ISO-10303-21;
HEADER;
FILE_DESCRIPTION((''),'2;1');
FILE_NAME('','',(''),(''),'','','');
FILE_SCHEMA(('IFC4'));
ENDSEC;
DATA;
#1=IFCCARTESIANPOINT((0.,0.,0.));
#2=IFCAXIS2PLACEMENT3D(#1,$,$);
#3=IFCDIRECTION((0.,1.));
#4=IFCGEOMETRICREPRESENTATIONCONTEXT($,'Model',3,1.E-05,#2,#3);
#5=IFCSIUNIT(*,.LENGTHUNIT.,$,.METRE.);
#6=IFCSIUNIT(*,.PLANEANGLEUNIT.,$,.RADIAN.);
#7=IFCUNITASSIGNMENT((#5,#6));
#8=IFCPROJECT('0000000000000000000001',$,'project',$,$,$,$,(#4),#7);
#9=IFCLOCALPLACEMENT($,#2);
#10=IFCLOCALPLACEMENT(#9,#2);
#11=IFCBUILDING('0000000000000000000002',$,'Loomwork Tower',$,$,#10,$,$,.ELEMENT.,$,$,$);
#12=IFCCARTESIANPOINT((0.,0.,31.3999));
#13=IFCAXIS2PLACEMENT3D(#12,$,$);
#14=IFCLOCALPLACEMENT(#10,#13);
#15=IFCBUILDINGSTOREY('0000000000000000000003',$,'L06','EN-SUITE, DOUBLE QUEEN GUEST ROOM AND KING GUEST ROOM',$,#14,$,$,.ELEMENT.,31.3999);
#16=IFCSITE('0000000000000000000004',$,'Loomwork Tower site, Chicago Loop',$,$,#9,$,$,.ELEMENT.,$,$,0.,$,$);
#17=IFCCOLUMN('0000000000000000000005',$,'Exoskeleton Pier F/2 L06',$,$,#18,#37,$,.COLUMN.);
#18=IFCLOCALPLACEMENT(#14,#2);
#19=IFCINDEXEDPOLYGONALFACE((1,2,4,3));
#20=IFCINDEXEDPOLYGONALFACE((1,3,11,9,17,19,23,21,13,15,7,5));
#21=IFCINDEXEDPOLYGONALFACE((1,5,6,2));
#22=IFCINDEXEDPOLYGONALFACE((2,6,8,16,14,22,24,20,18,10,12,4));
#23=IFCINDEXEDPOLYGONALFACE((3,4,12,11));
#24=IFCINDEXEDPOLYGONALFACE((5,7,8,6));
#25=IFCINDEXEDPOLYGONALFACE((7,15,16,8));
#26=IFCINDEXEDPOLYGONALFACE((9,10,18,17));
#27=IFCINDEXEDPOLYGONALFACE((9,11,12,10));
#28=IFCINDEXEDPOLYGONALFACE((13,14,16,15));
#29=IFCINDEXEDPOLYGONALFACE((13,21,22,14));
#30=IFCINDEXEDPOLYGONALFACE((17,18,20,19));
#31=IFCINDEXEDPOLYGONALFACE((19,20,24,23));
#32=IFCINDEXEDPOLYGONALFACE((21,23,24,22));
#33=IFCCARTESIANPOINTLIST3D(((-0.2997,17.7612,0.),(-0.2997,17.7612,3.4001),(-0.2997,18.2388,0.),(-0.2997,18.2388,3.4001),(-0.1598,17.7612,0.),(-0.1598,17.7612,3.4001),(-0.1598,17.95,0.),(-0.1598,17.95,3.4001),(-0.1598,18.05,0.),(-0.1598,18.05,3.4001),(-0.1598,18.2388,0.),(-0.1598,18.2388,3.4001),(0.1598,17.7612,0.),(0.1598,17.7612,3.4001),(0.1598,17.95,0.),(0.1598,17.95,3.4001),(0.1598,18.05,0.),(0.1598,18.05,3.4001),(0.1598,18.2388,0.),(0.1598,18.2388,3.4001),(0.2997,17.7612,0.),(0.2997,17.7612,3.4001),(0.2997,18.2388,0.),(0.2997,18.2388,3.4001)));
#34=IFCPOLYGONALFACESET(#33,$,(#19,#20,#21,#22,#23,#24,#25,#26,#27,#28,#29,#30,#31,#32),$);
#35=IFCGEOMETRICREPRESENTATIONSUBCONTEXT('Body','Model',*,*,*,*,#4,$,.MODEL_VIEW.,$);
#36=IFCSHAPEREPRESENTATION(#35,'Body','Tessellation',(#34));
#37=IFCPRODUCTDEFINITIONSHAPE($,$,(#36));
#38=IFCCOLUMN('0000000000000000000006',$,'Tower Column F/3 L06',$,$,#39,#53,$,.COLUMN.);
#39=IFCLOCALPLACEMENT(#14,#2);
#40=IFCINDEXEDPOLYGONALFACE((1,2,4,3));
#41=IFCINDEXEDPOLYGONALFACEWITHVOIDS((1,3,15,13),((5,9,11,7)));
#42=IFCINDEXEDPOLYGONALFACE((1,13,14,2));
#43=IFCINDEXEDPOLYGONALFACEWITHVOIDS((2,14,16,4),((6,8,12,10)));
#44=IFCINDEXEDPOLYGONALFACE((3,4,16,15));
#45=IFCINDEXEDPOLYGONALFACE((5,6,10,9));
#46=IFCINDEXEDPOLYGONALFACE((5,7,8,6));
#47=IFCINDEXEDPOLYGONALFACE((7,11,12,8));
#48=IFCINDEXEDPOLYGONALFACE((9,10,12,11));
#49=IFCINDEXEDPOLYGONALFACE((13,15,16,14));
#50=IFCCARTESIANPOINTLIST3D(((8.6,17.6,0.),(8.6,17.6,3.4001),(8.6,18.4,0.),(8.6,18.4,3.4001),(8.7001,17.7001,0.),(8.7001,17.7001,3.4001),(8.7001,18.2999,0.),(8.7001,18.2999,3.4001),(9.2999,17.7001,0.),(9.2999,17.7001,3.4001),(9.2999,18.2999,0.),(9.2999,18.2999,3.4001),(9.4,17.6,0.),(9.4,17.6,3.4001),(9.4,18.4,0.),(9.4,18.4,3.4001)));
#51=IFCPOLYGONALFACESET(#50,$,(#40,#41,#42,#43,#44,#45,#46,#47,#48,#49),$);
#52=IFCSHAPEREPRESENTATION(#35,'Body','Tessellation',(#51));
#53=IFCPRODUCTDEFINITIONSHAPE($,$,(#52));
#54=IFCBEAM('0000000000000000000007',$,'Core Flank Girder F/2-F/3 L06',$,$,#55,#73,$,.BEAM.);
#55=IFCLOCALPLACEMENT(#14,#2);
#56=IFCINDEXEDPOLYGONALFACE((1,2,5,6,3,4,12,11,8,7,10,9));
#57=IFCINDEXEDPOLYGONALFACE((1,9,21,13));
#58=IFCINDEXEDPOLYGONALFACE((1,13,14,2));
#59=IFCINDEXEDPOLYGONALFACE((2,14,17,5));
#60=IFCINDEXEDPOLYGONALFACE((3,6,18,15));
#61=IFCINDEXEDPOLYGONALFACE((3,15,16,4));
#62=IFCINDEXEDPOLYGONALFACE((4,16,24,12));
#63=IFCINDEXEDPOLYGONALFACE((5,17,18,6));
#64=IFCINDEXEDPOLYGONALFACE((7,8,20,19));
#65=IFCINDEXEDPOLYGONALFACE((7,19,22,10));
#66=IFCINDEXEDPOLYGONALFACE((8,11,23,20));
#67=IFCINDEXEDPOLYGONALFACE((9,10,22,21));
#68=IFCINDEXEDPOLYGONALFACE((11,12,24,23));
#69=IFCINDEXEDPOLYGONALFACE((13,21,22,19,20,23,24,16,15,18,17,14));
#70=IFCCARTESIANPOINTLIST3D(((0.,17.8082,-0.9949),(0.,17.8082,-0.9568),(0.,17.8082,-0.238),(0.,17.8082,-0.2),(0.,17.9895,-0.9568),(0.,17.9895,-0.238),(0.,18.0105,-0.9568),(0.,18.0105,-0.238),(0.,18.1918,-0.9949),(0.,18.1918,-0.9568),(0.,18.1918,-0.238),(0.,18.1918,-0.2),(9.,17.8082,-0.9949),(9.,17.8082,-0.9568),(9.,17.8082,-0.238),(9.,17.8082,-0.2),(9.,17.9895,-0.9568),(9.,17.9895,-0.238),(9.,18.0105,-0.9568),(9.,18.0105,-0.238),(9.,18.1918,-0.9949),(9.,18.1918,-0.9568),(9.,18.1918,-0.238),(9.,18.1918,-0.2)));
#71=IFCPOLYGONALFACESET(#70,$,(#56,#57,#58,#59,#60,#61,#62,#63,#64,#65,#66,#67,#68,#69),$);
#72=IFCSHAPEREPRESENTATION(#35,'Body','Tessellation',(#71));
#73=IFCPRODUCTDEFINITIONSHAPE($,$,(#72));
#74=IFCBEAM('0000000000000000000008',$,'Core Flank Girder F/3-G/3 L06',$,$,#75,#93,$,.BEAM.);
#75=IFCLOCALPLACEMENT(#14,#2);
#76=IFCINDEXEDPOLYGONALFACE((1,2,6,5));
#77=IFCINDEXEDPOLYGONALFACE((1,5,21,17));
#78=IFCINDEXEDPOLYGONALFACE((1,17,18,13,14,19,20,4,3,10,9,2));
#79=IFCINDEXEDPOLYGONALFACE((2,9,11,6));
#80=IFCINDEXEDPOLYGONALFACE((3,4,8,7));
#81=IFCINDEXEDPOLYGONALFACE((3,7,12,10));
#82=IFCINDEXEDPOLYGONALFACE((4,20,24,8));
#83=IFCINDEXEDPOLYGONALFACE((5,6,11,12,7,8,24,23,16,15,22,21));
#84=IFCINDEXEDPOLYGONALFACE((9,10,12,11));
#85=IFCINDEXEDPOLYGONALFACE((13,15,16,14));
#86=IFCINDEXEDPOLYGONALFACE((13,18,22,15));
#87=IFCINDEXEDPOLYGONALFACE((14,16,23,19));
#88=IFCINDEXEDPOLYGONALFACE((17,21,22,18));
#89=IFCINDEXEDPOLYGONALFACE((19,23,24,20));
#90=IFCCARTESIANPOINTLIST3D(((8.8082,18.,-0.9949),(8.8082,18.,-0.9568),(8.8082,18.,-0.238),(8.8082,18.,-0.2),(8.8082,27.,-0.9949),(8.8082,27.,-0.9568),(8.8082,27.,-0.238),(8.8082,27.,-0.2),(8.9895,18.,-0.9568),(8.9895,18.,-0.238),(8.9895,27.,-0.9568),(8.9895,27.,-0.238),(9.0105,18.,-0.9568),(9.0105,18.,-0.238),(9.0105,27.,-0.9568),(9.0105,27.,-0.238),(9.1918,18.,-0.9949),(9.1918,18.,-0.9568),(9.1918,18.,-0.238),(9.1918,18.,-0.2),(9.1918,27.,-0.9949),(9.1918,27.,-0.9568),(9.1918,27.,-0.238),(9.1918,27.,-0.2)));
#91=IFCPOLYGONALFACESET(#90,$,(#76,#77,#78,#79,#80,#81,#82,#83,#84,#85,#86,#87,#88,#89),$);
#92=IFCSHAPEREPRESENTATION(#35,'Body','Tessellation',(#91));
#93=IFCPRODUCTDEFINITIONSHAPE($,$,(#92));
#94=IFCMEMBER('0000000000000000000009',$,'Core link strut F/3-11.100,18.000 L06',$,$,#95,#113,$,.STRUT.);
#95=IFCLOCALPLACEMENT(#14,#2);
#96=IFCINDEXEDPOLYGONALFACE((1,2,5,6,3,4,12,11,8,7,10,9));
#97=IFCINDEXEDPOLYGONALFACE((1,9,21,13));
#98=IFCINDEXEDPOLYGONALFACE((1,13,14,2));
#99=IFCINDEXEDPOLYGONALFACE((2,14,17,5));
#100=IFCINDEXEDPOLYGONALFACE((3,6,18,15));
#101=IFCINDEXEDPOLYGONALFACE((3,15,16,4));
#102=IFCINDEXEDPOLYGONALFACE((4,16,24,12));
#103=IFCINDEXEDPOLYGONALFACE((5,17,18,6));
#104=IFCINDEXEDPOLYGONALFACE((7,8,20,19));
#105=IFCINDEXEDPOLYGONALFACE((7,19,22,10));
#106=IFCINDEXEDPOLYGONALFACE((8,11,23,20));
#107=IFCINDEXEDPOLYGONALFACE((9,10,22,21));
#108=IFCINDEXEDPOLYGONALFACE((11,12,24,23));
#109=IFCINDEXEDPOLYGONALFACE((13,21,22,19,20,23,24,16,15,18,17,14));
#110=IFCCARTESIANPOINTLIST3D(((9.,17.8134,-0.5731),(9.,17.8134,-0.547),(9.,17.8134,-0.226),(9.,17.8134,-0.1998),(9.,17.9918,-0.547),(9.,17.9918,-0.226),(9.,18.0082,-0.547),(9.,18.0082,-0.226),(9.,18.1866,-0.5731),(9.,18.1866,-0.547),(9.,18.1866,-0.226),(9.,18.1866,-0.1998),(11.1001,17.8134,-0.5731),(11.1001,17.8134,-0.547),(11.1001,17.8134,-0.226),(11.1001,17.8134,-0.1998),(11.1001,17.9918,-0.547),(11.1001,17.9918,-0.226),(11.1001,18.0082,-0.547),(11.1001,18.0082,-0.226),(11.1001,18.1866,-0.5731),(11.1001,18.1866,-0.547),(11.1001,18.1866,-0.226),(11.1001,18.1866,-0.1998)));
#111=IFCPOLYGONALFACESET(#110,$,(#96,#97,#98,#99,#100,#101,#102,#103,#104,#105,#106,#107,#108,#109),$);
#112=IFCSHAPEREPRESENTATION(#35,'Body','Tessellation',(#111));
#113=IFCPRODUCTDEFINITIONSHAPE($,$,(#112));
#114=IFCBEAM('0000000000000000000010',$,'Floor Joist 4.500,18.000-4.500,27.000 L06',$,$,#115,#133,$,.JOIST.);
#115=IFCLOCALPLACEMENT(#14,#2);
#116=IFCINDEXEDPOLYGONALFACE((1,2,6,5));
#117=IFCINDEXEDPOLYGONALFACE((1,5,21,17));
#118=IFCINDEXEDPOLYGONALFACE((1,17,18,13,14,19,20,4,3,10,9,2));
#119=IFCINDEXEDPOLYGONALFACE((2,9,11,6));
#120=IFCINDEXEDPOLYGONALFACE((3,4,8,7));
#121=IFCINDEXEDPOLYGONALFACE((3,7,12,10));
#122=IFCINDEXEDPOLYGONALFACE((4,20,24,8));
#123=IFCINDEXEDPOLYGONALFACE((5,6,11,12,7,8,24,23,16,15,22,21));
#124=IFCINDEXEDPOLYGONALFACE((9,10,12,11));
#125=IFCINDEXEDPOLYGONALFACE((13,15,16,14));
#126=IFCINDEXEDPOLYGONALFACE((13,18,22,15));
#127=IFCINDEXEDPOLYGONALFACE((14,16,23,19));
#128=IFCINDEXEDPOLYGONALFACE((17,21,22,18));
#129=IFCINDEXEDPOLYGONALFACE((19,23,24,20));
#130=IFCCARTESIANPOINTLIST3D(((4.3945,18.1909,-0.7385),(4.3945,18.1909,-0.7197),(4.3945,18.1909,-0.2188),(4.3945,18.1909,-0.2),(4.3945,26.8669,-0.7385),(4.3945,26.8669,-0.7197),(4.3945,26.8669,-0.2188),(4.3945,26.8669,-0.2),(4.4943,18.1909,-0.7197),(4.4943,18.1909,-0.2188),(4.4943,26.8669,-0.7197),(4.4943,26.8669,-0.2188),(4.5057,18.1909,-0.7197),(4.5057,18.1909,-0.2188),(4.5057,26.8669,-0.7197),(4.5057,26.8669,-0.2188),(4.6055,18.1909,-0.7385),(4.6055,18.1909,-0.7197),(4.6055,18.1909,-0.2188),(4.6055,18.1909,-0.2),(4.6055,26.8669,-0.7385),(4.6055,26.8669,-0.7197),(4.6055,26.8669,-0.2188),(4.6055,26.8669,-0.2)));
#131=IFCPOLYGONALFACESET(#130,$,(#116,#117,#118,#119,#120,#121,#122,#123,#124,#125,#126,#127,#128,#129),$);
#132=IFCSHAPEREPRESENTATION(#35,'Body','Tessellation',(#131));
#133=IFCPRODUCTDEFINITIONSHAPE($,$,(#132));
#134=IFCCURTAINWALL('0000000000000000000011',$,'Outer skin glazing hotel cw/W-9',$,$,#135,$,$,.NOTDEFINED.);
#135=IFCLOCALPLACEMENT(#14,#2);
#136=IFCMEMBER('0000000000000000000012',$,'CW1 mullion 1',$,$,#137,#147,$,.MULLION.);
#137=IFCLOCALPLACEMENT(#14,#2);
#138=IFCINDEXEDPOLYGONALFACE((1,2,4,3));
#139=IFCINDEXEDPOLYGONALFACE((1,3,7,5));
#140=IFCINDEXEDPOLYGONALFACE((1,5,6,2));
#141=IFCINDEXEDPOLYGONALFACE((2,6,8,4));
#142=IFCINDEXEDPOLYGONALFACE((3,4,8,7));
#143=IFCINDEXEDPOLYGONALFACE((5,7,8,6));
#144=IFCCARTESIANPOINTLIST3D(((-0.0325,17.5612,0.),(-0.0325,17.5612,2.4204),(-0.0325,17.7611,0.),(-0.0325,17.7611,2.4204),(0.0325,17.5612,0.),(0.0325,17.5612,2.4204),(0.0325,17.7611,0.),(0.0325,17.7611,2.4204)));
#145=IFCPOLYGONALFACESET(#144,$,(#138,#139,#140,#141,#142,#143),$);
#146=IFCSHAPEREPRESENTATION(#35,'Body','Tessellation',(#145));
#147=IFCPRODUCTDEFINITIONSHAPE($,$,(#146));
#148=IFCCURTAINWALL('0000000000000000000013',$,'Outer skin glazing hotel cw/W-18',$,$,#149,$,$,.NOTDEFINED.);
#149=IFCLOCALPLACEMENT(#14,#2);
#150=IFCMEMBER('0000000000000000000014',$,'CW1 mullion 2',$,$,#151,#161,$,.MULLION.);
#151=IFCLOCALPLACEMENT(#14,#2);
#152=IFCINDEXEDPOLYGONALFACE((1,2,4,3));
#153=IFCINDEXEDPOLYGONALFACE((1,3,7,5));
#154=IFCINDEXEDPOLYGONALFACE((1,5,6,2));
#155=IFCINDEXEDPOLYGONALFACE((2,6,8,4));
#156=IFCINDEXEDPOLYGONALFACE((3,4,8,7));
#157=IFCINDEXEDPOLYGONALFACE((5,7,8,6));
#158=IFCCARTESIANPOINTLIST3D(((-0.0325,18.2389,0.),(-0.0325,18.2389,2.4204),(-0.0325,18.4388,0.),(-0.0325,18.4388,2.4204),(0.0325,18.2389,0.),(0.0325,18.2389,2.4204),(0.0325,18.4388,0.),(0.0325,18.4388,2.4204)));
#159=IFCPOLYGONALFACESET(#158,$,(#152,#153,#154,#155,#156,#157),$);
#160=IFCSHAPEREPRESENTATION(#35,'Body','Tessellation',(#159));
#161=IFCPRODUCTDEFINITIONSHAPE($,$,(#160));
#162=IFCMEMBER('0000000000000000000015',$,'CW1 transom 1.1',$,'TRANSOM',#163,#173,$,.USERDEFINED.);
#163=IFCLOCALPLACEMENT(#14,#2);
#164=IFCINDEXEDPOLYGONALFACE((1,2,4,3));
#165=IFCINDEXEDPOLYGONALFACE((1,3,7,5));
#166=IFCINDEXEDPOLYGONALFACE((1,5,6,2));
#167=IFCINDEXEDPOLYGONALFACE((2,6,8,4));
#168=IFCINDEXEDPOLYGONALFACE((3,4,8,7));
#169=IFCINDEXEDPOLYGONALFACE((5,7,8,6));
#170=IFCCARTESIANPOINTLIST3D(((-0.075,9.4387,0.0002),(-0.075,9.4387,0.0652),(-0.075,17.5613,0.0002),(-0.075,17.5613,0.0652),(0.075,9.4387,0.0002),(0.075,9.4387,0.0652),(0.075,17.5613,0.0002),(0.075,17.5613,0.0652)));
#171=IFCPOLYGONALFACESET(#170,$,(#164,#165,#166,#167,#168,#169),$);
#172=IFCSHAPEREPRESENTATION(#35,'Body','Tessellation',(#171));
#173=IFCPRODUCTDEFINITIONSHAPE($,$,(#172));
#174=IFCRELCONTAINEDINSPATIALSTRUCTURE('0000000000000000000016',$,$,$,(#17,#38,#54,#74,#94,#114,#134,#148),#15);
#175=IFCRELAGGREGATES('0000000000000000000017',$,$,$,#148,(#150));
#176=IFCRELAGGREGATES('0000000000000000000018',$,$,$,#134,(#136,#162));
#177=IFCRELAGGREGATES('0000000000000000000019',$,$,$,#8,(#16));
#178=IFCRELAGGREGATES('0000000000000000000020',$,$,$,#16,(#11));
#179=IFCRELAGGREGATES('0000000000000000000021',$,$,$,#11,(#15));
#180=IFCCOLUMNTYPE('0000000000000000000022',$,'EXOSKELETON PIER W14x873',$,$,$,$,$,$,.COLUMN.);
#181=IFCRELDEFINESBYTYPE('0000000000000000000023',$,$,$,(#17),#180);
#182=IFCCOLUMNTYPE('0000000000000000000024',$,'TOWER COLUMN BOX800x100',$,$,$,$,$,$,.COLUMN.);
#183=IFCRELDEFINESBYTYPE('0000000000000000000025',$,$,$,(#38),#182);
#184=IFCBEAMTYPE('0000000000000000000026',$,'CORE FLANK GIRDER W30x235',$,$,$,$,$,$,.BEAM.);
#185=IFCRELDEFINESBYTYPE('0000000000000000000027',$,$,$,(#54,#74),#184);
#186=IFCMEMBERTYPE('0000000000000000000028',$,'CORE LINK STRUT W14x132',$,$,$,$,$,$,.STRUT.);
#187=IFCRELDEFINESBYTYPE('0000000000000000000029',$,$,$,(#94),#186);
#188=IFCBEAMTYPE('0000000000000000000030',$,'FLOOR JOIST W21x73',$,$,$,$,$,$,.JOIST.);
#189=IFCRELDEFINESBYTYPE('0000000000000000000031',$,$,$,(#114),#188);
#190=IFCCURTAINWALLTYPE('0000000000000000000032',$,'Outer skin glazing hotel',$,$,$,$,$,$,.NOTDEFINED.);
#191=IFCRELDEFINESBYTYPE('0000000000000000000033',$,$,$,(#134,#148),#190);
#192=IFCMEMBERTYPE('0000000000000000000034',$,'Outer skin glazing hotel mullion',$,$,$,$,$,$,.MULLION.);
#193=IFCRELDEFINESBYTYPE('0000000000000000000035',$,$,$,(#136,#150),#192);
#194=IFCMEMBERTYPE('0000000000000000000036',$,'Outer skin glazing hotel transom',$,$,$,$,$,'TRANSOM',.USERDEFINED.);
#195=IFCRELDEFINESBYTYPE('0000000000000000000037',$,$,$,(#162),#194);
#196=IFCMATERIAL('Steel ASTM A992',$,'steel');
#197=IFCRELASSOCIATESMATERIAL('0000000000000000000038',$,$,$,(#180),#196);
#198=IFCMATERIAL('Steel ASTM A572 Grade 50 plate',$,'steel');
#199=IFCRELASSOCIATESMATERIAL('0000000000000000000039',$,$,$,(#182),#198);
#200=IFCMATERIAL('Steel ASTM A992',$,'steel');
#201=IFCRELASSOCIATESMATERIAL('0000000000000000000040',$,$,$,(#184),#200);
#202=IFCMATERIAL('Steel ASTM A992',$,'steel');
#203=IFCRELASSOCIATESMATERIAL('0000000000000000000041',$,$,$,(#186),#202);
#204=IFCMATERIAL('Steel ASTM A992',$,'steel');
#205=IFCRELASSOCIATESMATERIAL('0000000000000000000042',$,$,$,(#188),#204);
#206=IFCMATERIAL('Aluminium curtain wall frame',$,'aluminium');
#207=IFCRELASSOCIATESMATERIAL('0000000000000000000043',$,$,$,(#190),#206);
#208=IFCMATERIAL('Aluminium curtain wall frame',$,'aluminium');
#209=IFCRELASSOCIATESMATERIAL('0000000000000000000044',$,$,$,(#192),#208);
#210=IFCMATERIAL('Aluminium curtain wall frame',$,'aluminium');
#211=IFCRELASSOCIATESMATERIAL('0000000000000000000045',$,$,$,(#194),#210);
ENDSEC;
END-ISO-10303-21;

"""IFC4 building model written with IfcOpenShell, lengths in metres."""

from ifc_helpers import new_model, si_unit, direction, frame, origin, origin_2d, place, context, subcontext, project, spatial, rectangle, hollow_rectangle, i_section, extrude, material, material_profile, profile_set, type_object, element, aggregate, save


model = new_model("IFC4")

# Units and contexts
model_context = context("Model", 3, precision=1e-05, world=origin(), true_north=direction((0.0, 1.0)))
body_context = subcontext(model_context, "Body", "Model", "MODEL_VIEW")
ifc_project = project(units=[si_unit("LENGTHUNIT", "METRE"), si_unit("PLANEANGLEUNIT", "RADIAN")], contexts=[model_context])

# Site, building, storey
site_placement = place(None, origin())
site = spatial("IfcSite", under=ifc_project, at=site_placement, Name="Loomwork Tower site, Chicago Loop", CompositionType="ELEMENT", RefElevation=0.0)
building_placement = place(site_placement, origin())
building = spatial("IfcBuilding", under=site, at=building_placement, Name="Loomwork Tower", CompositionType="ELEMENT")
storey_placement = place(building_placement, frame((0.0, 0.0, 31.3999)))
storey = spatial("IfcBuildingStorey", under=building, at=storey_placement, Name="L06", Description="EN-SUITE, DOUBLE QUEEN GUEST ROOM AND KING GUEST ROOM", CompositionType="ELEMENT", Elevation=31.3999)

# Columns
ifc_material_1 = material(Name="Steel ASTM A992", Category="steel")
ifc_material_profile_1 = material_profile(ifc_material_1, i_section(OverallWidth=0.4775, OverallDepth=0.5994, WebThickness=0.1001, FlangeThickness=0.1399, at=origin_2d()), Name="W14x873")
ifc_profile_set_1 = profile_set([ifc_material_profile_1], Name="Steel ASTM A992")
column_type_1 = type_object("IfcColumnType", Name="EXOSKELETON PIER W14x873", PredefinedType="COLUMN", material=ifc_profile_set_1)
column_1_placement = place(storey_placement, frame((0.0, 18.0, 0.0), z_axis=(0.0, 0.0, 1.0), x_axis=(0.0, 1.0, 0.0)))
element("IfcColumn", 1, at=column_1_placement, inside=storey, type_object=column_type_1, Name="Exoskeleton Pier F/2 L06", PredefinedType="COLUMN", context=body_context, shape_type="SweptSolid", body=[
    extrude(i_section(OverallWidth=0.4775, OverallDepth=0.5994, WebThickness=0.1001, FlangeThickness=0.1399, at=origin_2d()), origin(), (0.0, 0.0, 1.0), 3.4001),
])
ifc_material_2 = material(Name="Steel ASTM A572 Grade 50 plate", Category="steel")
ifc_material_profile_2 = material_profile(ifc_material_2, hollow_rectangle(XDim=0.8, YDim=0.8, WallThickness=0.1001, at=origin_2d()), Name="BOX800x100")
ifc_profile_set_2 = profile_set([ifc_material_profile_2], Name="Steel ASTM A572 Grade 50 plate")
column_type_2 = type_object("IfcColumnType", Name="TOWER COLUMN BOX800x100", PredefinedType="COLUMN", material=ifc_profile_set_2)
column_2_placement = place(storey_placement, frame((9.0, 18.0, 0.0), z_axis=(0.0, 0.0, 1.0), x_axis=(1.0, 0.0, 0.0)))
element("IfcColumn", 2, at=column_2_placement, inside=storey, type_object=column_type_2, Name="Tower Column F/3 L06", PredefinedType="COLUMN", context=body_context, shape_type="SweptSolid", body=[
    extrude(hollow_rectangle(XDim=0.8, YDim=0.8, WallThickness=0.1001, at=origin_2d()), origin(), (0.0, 0.0, 1.0), 3.4001),
])

# Beams
ifc_material_3 = material(Name="Steel ASTM A992", Category="steel")
ifc_material_profile_3 = material_profile(ifc_material_3, i_section(OverallWidth=0.3835, OverallDepth=0.7949, WebThickness=0.021, FlangeThickness=0.0381, at=origin_2d()), Name="W30x235")
ifc_profile_set_3 = profile_set([ifc_material_profile_3], Name="Steel ASTM A992")
beam_type_1 = type_object("IfcBeamType", Name="CORE FLANK GIRDER W30x235", PredefinedType="BEAM", material=ifc_profile_set_3)
for number, where, z_axis, x_axis, name in (
    (3, (0.0, 18.0, -0.5974), (1.0, 0.0, 0.0), (0.0, 1.0, 0.0), "Core Flank Girder F/2-F/3 L06"),
    (4, (9.0, 18.0, -0.5974), (0.0, 1.0, 0.0), (-1.0, 0.0, 0.0), "Core Flank Girder F/3-G/3 L06"),
):
    element("IfcBeam", number, at=place(storey_placement, frame(where, z_axis=z_axis, x_axis=x_axis)), inside=storey, type_object=beam_type_1, Name=name, PredefinedType="BEAM", context=body_context, shape_type="SweptSolid", body=[
        extrude(i_section(OverallWidth=0.3835, OverallDepth=0.7949, WebThickness=0.021, FlangeThickness=0.0381, at=origin_2d()), origin(), (0.0, 0.0, 1.0), 9.0),
    ])

# Member
ifc_material_4 = material(Name="Steel ASTM A992", Category="steel")
ifc_material_profile_4 = material_profile(ifc_material_4, i_section(OverallWidth=0.3733, OverallDepth=0.3733, WebThickness=0.0164, FlangeThickness=0.0261, at=origin_2d()), Name="W14x132")
ifc_profile_set_4 = profile_set([ifc_material_profile_4], Name="Steel ASTM A992")
member_type_1 = type_object("IfcMemberType", Name="CORE LINK STRUT W14x132", PredefinedType="STRUT", material=ifc_profile_set_4)
member_1_placement = place(storey_placement, frame((9.0, 18.0, -0.3865), z_axis=(1.0, 0.0, 0.0), x_axis=(0.0, 1.0, 0.0)))
element("IfcMember", 5, at=member_1_placement, inside=storey, type_object=member_type_1, Name="Core link strut F/3-11.100,18.000 L06", PredefinedType="STRUT", context=body_context, shape_type="SweptSolid", body=[
    extrude(i_section(OverallWidth=0.3733, OverallDepth=0.3733, WebThickness=0.0164, FlangeThickness=0.0261, at=origin_2d()), origin(), (0.0, 0.0, 1.0), 2.1001),
])

# Beam
ifc_material_5 = material(Name="Steel ASTM A992", Category="steel")
ifc_material_profile_5 = material_profile(ifc_material_5, i_section(OverallWidth=0.2109, OverallDepth=0.5386, WebThickness=0.0115, FlangeThickness=0.0188, at=origin_2d()), Name="W21x73")
ifc_profile_set_5 = profile_set([ifc_material_profile_5], Name="Steel ASTM A992")
beam_type_2 = type_object("IfcBeamType", Name="FLOOR JOIST W21x73", PredefinedType="JOIST", material=ifc_profile_set_5)
beam_1_placement = place(storey_placement, frame((4.5, 18.1909, -0.4692), z_axis=(0.0, 1.0, 0.0), x_axis=(-1.0, 0.0, 0.0)))
element("IfcBeam", 6, at=beam_1_placement, inside=storey, type_object=beam_type_2, Name="Floor Joist 4.500,18.000-4.500,27.000 L06", PredefinedType="JOIST", context=body_context, shape_type="SweptSolid", body=[
    extrude(i_section(OverallWidth=0.2109, OverallDepth=0.5386, WebThickness=0.0115, FlangeThickness=0.0188, at=origin_2d()), origin(), (0.0, 0.0, 1.0), 8.676),
])

# Curtain walls, members
ifc_material_6 = material(Name="Aluminium curtain wall frame", Category="aluminium")
curtain_wall_type = type_object("IfcCurtainWallType", Name="Outer skin glazing hotel", PredefinedType="NOTDEFINED", material=ifc_material_6)
curtain_wall_1_placement = place(storey_placement, origin())
curtain_wall_1 = element("IfcCurtainWall", 7, at=curtain_wall_1_placement, inside=storey, type_object=curtain_wall_type, Name="Outer skin glazing hotel cw/W-9", PredefinedType="NOTDEFINED")
ifc_material_7 = material(Name="Aluminium curtain wall frame", Category="aluminium")
ifc_material_profile_6 = material_profile(ifc_material_7, rectangle(XDim=0.0649, YDim=0.2, at=origin_2d()), Name="AL 65x200")
ifc_profile_set_6 = profile_set([ifc_material_profile_6], Name="Aluminium curtain wall frame")
member_type_2 = type_object("IfcMemberType", Name="Outer skin glazing hotel mullion", PredefinedType="MULLION", material=ifc_profile_set_6)
member_2_placement = place(storey_placement, frame((0.0, 17.6611, 0.0), z_axis=(0.0, 0.0, 1.0), x_axis=(1.0, 0.0, 0.0)))
member_2 = element("IfcMember", 8, at=member_2_placement, type_object=member_type_2, Name="CW1 mullion 1", PredefinedType="MULLION", context=body_context, shape_type="SweptSolid", body=[
    extrude(rectangle(XDim=0.0649, YDim=0.2, at=origin_2d()), origin(), (0.0, 0.0, 1.0), 2.4204),
])
curtain_wall_2_placement = place(storey_placement, origin())
curtain_wall_2 = element("IfcCurtainWall", 9, at=curtain_wall_2_placement, inside=storey, type_object=curtain_wall_type, Name="Outer skin glazing hotel cw/W-18", PredefinedType="NOTDEFINED")
member_3_placement = place(storey_placement, frame((0.0, 18.3389, 0.0), z_axis=(0.0, 0.0, 1.0), x_axis=(1.0, 0.0, 0.0)))
member_3 = element("IfcMember", 10, at=member_3_placement, type_object=member_type_2, Name="CW1 mullion 2", PredefinedType="MULLION", context=body_context, shape_type="SweptSolid", body=[
    extrude(rectangle(XDim=0.0649, YDim=0.2, at=origin_2d()), origin(), (0.0, 0.0, 1.0), 2.4204),
])
aggregate(curtain_wall_2, [member_3])

# Member
ifc_material_8 = material(Name="Aluminium curtain wall frame", Category="aluminium")
ifc_material_profile_7 = material_profile(ifc_material_8, rectangle(XDim=0.1499, YDim=0.0649, at=origin_2d()), Name="AL 65x150")
ifc_profile_set_7 = profile_set([ifc_material_profile_7], Name="Aluminium curtain wall frame")
member_type_3 = type_object("IfcMemberType", Name="Outer skin glazing hotel transom", ElementType="TRANSOM", PredefinedType="USERDEFINED", material=ifc_profile_set_7)
member_4_placement = place(storey_placement, frame((0.0, 17.5613, 0.0327), z_axis=(0.0, -1.0, 0.0), x_axis=(1.0, 0.0, 0.0)))
member_4 = element("IfcMember", 11, at=member_4_placement, type_object=member_type_3, Name="CW1 transom 1.1", ObjectType="TRANSOM", PredefinedType="USERDEFINED", context=body_context, shape_type="SweptSolid", body=[
    extrude(rectangle(XDim=0.1499, YDim=0.0649, at=origin_2d()), origin(), (0.0, 0.0, 1.0), 8.1226),
])
aggregate(curtain_wall_1, [member_2, member_4])

save(model, "model.ifc")
